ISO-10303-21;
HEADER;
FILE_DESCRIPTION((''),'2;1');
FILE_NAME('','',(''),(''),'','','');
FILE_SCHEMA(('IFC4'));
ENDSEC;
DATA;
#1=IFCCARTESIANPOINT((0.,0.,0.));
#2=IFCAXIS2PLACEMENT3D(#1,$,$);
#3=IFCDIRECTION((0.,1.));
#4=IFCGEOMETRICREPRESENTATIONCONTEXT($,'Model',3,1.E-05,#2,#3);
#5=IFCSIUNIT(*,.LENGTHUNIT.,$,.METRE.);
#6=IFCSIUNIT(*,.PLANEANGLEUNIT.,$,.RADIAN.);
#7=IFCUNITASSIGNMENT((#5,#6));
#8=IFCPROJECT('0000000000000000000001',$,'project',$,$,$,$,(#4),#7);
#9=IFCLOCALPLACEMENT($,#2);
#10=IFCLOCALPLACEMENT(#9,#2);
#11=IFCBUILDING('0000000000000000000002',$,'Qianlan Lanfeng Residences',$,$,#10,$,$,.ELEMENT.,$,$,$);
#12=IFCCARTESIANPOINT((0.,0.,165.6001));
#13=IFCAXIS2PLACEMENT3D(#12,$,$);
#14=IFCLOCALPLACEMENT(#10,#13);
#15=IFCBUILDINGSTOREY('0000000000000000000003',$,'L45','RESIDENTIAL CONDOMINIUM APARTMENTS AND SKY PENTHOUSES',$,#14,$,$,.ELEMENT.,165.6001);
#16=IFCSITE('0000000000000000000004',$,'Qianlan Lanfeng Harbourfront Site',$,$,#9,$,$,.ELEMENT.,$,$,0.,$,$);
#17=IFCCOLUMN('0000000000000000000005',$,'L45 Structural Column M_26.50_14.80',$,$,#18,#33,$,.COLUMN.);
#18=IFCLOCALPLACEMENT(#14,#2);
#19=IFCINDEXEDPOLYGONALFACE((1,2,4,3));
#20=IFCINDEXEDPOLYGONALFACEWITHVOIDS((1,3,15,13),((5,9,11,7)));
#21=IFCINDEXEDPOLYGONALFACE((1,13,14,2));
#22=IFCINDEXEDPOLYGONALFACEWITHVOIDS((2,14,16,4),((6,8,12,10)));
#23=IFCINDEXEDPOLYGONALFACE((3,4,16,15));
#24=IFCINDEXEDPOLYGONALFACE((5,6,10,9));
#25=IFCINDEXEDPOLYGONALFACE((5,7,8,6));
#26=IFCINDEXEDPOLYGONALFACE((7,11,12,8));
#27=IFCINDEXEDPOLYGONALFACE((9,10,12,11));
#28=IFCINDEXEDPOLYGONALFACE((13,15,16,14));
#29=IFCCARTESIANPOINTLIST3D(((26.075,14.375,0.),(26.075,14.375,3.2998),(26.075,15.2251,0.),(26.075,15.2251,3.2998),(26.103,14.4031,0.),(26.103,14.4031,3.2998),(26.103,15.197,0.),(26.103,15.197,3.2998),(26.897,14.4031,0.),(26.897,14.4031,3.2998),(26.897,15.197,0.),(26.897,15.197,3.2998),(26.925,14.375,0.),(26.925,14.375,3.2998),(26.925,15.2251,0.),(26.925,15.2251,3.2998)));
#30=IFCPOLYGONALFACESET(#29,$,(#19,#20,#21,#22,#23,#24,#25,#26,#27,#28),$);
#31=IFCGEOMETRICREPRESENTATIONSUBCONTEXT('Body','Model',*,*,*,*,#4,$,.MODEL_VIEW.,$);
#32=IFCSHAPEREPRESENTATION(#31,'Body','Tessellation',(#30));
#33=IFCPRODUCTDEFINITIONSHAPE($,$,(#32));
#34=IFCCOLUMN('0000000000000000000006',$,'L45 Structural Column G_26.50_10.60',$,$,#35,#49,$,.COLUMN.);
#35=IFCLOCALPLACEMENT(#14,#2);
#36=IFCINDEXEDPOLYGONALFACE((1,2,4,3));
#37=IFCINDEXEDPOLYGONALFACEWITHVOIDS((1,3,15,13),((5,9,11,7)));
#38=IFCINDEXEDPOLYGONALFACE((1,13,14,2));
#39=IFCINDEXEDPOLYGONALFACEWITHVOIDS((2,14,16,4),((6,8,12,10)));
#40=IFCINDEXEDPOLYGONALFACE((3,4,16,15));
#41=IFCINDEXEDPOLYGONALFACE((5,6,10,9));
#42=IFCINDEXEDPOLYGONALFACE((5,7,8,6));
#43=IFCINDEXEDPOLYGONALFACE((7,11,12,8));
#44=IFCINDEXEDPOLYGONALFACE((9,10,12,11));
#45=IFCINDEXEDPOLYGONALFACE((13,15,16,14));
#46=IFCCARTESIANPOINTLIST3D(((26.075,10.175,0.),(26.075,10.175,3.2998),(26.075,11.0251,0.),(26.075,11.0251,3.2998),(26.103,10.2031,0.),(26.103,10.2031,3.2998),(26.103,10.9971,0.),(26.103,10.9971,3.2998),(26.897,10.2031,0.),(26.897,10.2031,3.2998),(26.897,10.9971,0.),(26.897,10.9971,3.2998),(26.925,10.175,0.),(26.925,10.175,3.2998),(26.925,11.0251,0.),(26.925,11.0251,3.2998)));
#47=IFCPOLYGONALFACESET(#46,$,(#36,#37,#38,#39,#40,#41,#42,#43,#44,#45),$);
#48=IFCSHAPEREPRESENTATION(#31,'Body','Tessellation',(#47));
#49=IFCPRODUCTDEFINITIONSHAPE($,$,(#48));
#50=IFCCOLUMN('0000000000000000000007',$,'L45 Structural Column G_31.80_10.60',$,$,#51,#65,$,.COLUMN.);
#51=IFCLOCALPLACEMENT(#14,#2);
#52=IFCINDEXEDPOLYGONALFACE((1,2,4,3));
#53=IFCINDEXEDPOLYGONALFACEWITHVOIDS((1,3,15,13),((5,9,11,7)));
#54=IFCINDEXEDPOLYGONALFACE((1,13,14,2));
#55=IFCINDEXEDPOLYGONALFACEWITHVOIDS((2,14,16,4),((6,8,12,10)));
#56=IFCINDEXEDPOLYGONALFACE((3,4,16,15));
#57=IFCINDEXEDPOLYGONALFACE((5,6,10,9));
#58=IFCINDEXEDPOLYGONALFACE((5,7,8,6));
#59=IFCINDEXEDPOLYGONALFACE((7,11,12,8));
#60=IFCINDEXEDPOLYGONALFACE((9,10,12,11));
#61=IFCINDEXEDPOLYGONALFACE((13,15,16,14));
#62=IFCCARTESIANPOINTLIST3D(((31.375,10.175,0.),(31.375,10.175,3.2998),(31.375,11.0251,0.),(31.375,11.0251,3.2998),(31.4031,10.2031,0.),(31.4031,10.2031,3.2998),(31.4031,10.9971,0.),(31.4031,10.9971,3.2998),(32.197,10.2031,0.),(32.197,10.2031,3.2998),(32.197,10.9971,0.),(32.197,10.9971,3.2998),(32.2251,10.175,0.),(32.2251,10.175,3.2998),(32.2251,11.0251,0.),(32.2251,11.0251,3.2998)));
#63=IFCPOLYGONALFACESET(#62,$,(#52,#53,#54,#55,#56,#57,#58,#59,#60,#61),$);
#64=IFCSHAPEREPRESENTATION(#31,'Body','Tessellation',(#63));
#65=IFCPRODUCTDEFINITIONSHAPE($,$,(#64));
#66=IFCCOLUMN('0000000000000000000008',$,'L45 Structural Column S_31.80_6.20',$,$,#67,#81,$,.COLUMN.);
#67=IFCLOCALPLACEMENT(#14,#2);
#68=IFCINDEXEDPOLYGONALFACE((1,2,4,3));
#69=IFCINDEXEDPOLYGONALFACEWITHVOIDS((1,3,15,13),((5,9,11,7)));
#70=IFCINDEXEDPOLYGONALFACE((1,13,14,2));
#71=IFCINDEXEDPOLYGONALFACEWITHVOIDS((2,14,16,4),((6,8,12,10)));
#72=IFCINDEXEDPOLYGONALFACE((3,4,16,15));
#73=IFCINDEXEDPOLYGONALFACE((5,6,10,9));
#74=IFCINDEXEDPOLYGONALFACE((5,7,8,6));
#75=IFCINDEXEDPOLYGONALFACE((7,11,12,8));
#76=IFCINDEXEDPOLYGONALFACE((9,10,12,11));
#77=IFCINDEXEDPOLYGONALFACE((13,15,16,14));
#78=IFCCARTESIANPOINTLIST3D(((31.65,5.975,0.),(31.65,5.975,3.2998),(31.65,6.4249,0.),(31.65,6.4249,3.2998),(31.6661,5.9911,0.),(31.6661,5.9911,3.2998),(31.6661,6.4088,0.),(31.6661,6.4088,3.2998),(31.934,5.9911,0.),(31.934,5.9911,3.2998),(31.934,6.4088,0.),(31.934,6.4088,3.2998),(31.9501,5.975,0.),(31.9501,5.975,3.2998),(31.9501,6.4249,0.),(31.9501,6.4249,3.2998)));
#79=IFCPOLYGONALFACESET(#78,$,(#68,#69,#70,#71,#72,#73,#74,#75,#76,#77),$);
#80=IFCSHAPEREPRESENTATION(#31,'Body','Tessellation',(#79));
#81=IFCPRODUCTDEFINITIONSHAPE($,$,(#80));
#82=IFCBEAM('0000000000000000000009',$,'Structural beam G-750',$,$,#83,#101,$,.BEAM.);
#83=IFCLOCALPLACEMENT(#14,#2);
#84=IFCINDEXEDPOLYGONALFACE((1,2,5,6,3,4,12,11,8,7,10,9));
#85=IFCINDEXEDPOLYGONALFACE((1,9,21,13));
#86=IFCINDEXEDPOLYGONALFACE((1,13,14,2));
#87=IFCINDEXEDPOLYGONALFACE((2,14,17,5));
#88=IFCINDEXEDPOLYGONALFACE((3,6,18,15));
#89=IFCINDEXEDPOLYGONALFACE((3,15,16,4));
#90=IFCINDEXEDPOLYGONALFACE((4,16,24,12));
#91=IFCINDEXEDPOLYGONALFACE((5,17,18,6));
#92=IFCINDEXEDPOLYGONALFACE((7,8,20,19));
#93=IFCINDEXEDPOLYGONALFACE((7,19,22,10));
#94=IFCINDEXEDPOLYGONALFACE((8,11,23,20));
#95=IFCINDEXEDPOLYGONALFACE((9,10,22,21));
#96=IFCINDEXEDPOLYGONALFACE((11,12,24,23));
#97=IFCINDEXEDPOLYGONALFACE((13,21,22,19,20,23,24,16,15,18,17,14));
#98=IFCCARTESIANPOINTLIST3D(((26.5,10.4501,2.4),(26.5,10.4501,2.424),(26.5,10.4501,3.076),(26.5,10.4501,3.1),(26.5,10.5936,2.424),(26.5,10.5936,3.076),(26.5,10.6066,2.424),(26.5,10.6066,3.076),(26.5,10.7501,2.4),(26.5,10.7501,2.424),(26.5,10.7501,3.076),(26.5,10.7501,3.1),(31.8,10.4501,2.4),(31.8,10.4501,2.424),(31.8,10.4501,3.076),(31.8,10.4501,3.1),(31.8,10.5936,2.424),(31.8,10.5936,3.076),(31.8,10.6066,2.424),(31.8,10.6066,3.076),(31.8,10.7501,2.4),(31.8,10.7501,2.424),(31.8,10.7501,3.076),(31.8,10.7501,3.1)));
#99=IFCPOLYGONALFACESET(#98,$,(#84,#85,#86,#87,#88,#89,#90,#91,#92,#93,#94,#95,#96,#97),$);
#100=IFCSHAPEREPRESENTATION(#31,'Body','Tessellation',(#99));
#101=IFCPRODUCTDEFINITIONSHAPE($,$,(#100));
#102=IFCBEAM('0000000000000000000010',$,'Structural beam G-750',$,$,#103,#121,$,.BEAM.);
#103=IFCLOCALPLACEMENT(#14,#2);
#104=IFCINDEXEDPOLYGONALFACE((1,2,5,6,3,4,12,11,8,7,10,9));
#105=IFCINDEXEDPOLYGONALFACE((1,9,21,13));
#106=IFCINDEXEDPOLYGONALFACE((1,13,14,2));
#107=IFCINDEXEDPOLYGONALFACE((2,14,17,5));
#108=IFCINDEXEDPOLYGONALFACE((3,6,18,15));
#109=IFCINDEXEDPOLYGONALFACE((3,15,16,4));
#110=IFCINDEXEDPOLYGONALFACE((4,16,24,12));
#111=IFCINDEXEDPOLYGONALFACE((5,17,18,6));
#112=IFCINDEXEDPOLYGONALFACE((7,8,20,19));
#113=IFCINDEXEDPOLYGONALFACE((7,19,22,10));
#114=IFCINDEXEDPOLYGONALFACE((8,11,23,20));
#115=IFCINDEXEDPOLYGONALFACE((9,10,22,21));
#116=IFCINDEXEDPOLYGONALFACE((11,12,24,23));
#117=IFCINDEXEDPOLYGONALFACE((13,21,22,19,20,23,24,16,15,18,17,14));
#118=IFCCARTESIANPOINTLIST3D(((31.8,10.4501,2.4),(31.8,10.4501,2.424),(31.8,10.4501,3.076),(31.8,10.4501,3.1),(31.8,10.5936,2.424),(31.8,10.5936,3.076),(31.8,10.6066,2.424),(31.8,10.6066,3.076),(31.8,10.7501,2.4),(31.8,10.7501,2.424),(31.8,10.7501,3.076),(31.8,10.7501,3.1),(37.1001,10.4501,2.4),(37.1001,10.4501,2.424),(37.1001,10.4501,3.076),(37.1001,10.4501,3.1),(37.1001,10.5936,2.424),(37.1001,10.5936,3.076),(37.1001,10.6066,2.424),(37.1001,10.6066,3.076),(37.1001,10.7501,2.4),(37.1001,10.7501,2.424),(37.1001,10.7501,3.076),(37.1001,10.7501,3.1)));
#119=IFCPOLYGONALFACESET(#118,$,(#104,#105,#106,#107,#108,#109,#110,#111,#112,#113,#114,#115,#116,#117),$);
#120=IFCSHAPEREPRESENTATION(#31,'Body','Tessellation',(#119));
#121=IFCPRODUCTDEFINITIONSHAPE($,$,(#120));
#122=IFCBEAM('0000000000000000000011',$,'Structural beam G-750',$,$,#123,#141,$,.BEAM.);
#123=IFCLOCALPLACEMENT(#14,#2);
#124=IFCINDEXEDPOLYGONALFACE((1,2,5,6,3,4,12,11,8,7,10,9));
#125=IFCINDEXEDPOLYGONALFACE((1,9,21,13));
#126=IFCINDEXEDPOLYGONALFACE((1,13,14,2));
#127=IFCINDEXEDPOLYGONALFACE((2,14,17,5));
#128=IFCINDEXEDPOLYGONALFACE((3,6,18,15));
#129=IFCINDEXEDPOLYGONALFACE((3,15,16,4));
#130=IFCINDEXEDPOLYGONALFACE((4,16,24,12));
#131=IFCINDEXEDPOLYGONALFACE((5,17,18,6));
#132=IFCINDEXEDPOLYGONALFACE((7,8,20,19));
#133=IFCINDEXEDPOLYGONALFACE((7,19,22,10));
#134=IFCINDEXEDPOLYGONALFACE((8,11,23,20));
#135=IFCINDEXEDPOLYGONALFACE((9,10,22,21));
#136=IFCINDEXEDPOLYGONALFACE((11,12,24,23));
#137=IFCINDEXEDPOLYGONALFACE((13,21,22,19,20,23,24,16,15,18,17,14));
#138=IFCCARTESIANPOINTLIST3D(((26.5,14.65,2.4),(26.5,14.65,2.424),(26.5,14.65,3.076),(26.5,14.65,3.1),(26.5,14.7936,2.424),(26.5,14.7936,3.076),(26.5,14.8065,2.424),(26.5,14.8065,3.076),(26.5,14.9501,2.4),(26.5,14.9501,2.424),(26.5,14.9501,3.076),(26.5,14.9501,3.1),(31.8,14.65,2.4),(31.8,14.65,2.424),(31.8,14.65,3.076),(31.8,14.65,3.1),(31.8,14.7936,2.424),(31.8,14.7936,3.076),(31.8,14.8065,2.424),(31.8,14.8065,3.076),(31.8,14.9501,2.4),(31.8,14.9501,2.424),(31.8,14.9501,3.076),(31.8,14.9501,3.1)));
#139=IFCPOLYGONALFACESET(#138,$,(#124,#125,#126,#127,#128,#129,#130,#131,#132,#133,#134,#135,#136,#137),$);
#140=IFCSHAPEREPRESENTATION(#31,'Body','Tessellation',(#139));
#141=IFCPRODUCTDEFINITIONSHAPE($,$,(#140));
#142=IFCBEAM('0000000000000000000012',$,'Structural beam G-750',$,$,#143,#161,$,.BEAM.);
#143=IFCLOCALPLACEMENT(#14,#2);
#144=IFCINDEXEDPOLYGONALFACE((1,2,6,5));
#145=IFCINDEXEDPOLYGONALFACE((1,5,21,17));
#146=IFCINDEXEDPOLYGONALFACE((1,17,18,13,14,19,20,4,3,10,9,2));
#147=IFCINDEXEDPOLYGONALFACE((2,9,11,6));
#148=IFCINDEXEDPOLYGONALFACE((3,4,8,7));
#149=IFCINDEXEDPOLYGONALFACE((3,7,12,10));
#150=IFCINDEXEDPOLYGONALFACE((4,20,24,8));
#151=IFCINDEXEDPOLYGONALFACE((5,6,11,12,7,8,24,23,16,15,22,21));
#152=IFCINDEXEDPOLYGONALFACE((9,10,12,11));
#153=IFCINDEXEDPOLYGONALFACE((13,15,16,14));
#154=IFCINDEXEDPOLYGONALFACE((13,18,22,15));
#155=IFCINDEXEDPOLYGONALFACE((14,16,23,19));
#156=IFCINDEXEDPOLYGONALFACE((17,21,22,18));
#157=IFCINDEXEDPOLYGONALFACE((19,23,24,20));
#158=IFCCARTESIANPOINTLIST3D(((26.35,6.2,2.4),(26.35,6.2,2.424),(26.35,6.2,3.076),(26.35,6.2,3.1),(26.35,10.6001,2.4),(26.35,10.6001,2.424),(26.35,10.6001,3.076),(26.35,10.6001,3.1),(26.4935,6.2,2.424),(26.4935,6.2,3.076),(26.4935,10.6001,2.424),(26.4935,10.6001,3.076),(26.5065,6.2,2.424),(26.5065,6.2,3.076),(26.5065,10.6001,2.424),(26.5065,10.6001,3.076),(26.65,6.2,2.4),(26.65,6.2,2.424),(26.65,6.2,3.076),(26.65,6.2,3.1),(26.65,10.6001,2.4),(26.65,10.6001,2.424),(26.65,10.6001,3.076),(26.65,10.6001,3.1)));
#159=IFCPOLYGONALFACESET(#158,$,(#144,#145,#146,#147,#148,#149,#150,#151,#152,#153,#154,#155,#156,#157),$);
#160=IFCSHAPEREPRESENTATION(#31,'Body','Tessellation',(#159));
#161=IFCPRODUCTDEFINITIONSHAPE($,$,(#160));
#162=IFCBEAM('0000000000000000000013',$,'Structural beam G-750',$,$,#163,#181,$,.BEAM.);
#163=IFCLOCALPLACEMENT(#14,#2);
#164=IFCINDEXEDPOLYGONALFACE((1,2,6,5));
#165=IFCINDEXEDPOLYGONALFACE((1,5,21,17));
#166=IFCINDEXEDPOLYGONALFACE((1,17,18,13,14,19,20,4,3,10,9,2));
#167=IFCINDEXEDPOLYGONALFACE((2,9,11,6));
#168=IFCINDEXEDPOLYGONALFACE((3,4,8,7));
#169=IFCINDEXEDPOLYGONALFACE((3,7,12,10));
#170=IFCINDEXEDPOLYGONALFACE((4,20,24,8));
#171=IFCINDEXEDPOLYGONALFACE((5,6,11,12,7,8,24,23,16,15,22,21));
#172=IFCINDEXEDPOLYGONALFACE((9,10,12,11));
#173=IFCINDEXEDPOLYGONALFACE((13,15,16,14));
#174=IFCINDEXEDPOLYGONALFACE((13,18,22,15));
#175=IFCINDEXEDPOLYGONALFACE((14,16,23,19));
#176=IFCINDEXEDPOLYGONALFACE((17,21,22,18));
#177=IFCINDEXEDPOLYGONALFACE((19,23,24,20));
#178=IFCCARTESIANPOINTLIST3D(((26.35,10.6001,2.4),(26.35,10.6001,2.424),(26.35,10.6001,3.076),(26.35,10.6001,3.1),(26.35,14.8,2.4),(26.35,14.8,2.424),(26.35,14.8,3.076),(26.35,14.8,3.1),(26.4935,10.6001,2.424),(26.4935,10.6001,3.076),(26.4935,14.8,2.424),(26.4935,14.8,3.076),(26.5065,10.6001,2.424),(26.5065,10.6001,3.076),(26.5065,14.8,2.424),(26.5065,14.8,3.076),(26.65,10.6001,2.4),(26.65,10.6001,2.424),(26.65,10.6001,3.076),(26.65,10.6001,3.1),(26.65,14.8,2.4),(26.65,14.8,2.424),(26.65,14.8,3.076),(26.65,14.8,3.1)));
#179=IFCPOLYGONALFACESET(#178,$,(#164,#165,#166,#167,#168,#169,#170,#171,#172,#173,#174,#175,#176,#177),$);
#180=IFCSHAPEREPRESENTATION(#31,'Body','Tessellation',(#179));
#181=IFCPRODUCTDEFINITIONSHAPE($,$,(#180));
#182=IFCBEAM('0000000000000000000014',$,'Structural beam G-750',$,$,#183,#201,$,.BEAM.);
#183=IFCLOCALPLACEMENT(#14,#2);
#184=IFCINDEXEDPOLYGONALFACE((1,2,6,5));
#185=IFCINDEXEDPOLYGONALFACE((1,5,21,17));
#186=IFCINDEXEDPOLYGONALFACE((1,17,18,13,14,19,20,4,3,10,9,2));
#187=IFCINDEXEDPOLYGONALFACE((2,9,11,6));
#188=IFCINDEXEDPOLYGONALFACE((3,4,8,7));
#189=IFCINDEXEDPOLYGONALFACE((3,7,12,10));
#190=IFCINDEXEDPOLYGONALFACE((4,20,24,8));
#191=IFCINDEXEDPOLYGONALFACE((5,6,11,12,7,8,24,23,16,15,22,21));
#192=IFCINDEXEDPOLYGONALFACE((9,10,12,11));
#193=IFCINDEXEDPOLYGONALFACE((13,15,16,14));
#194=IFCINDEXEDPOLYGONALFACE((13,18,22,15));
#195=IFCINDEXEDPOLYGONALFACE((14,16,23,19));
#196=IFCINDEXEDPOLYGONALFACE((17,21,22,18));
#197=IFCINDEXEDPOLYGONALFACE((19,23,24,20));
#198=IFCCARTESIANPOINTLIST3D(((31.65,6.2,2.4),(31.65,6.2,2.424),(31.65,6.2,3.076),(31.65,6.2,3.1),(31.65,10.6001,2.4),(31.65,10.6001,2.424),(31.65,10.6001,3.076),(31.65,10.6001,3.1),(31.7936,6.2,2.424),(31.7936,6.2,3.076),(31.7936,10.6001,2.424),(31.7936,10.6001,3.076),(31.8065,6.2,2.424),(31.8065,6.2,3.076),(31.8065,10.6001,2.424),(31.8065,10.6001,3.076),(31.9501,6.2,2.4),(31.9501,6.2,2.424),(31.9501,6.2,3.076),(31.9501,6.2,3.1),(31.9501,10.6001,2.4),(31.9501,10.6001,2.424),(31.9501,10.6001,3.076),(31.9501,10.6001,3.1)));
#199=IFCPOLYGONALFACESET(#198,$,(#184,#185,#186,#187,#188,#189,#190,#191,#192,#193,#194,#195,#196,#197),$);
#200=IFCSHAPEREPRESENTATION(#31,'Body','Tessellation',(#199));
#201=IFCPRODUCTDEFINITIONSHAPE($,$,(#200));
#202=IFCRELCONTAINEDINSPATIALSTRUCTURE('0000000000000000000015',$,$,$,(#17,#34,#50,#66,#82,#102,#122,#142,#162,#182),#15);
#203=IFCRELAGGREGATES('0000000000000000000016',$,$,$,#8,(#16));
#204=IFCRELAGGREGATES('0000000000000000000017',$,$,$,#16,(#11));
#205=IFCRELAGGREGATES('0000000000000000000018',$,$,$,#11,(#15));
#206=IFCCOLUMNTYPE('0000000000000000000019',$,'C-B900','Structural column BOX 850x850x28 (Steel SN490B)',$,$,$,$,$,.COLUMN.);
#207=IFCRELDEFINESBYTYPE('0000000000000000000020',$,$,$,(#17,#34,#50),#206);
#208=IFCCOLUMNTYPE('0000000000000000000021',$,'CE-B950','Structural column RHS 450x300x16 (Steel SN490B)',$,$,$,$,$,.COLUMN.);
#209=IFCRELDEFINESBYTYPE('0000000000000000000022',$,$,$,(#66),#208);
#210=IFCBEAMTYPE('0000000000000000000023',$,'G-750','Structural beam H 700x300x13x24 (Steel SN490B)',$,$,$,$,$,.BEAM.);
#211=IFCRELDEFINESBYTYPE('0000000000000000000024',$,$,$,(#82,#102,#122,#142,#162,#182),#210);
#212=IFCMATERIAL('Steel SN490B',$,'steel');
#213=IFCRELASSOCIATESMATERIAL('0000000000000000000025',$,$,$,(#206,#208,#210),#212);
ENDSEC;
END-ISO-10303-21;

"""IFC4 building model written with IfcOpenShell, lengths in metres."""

from ifc_helpers import new_model, si_unit, direction, frame, origin, origin_2d, place, context, subcontext, project, spatial, hollow_rectangle, i_section, extrude, material, material_profile, profile_set, type_object, element, save


model = new_model("IFC4")

# Units and contexts
model_context = context("Model", 3, precision=1e-05, world=origin(), true_north=direction((0.0, 1.0)))
body_context = subcontext(model_context, "Body", "Model", "MODEL_VIEW")
ifc_project = project(units=[si_unit("LENGTHUNIT", "METRE"), si_unit("PLANEANGLEUNIT", "RADIAN")], contexts=[model_context])

# Site, building, storey
site_placement = place(None, origin())
site = spatial("IfcSite", under=ifc_project, at=site_placement, Name="Qianlan Lanfeng Harbourfront Site", CompositionType="ELEMENT", RefElevation=0.0)
building_placement = place(site_placement, origin())
building = spatial("IfcBuilding", under=site, at=building_placement, Name="Qianlan Lanfeng Residences", CompositionType="ELEMENT")
storey_placement = place(building_placement, frame((0.0, 0.0, 165.6001)))
storey = spatial("IfcBuildingStorey", under=building, at=storey_placement, Name="L45", Description="RESIDENTIAL CONDOMINIUM APARTMENTS AND SKY PENTHOUSES", CompositionType="ELEMENT", Elevation=165.6001)

# Columns
ifc_material_1 = material(Name="Steel SN490B", Category="steel")
ifc_material_profile_1 = material_profile(ifc_material_1, hollow_rectangle(XDim=0.8501, YDim=0.8501, WallThickness=0.0281, at=origin_2d()), Name="BOX 850x850x28")
ifc_profile_set_1 = profile_set([ifc_material_profile_1], Name="Steel SN490B")
column_type_1 = type_object("IfcColumnType", Name="C-B900", Description="Structural column BOX 850x850x28 (Steel SN490B)", PredefinedType="COLUMN", material=ifc_profile_set_1)
for number, where, z_axis, x_axis, name in (
    (1, (26.5, 14.8, 0.0), (0.0, 0.0, 1.0), (1.0, 0.0, 0.0), "L45 Structural Column M_26.50_14.80"),
    (2, (26.5, 10.6001, 0.0), (0.0, 0.0, 1.0), (1.0, 0.0, 0.0), "L45 Structural Column G_26.50_10.60"),
    (3, (31.8, 10.6001, 0.0), (0.0, 0.0, 1.0), (1.0, 0.0, 0.0), "L45 Structural Column G_31.80_10.60"),
):
    element("IfcColumn", number, at=place(storey_placement, frame(where, z_axis=z_axis, x_axis=x_axis)), inside=storey, type_object=column_type_1, Name=name, PredefinedType="COLUMN", context=body_context, shape_type="SweptSolid", body=[
        extrude(hollow_rectangle(XDim=0.8501, YDim=0.8501, WallThickness=0.0281, at=origin_2d()), origin(), (0.0, 0.0, 1.0), 3.2998),
    ])
ifc_material_profile_2 = material_profile(ifc_material_1, hollow_rectangle(XDim=0.3, YDim=0.45, WallThickness=0.0161, at=origin_2d()), Name="RHS 450x300x16")
ifc_profile_set_2 = profile_set([ifc_material_profile_2], Name="Steel SN490B")
column_type_2 = type_object("IfcColumnType", Name="CE-B950", Description="Structural column RHS 450x300x16 (Steel SN490B)", PredefinedType="COLUMN", material=ifc_profile_set_2)
column_placement = place(storey_placement, frame((31.8, 6.2, 0.0), z_axis=(0.0, 0.0, 1.0), x_axis=(1.0, 0.0, 0.0)))
element("IfcColumn", 4, at=column_placement, inside=storey, type_object=column_type_2, Name="L45 Structural Column S_31.80_6.20", PredefinedType="COLUMN", context=body_context, shape_type="SweptSolid", body=[
    extrude(hollow_rectangle(XDim=0.3, YDim=0.45, WallThickness=0.0161, at=origin_2d()), origin(), (0.0, 0.0, 1.0), 3.2998),
])

# Beams
ifc_material_profile_3 = material_profile(ifc_material_1, i_section(OverallWidth=0.3, OverallDepth=0.7, WebThickness=0.0129, FlangeThickness=0.0239, at=origin_2d()), Name="H 700x300x13x24")
ifc_profile_set_3 = profile_set([ifc_material_profile_3], Name="Steel SN490B")
beam_type_1 = type_object("IfcBeamType", Name="G-750", Description="Structural beam H 700x300x13x24 (Steel SN490B)", PredefinedType="BEAM", material=ifc_profile_set_3)
for number, where, z_axis, x_axis, name in (
    (5, (26.5, 10.6001, 2.75), (1.0, 0.0, 0.0), (0.0, 1.0, 0.0), "Structural beam G-750"),
    (6, (31.8, 10.6001, 2.75), (1.0, 0.0, 0.0), (0.0, 1.0, 0.0), "Structural beam G-750"),
    (7, (26.5, 14.8, 2.75), (1.0, 0.0, 0.0), (0.0, 1.0, 0.0), "Structural beam G-750"),
):
    element("IfcBeam", number, at=place(storey_placement, frame(where, z_axis=z_axis, x_axis=x_axis)), inside=storey, type_object=beam_type_1, Name=name, PredefinedType="BEAM", context=body_context, shape_type="SweptSolid", body=[
        extrude(i_section(OverallWidth=0.3, OverallDepth=0.7, WebThickness=0.0129, FlangeThickness=0.0239, at=origin_2d()), origin(), (0.0, 0.0, 1.0), 5.3),
    ])
beam_1_placement = place(storey_placement, frame((26.5, 6.2, 2.75), z_axis=(0.0, 1.0, 0.0), x_axis=(-1.0, 0.0, 0.0)))
element("IfcBeam", 8, at=beam_1_placement, inside=storey, type_object=beam_type_1, Name="Structural beam G-750", PredefinedType="BEAM", context=body_context, shape_type="SweptSolid", body=[
    extrude(i_section(OverallWidth=0.3, OverallDepth=0.7, WebThickness=0.0129, FlangeThickness=0.0239, at=origin_2d()), origin(), (0.0, 0.0, 1.0), 4.4001),
])
beam_2_placement = place(storey_placement, frame((26.5, 10.6001, 2.75), z_axis=(0.0, 1.0, 0.0), x_axis=(-1.0, 0.0, 0.0)))
element("IfcBeam", 9, at=beam_2_placement, inside=storey, type_object=beam_type_1, Name="Structural beam G-750", PredefinedType="BEAM", context=body_context, shape_type="SweptSolid", body=[
    extrude(i_section(OverallWidth=0.3, OverallDepth=0.7, WebThickness=0.0129, FlangeThickness=0.0239, at=origin_2d()), origin(), (0.0, 0.0, 1.0), 4.2),
])
beam_3_placement = place(storey_placement, frame((31.8, 6.2, 2.75), z_axis=(0.0, 1.0, 0.0), x_axis=(-1.0, 0.0, 0.0)))
element("IfcBeam", 10, at=beam_3_placement, inside=storey, type_object=beam_type_1, Name="Structural beam G-750", PredefinedType="BEAM", context=body_context, shape_type="SweptSolid", body=[
    extrude(i_section(OverallWidth=0.3, OverallDepth=0.7, WebThickness=0.0129, FlangeThickness=0.0239, at=origin_2d()), origin(), (0.0, 0.0, 1.0), 4.4001),
])

save(model, "model.ifc")
